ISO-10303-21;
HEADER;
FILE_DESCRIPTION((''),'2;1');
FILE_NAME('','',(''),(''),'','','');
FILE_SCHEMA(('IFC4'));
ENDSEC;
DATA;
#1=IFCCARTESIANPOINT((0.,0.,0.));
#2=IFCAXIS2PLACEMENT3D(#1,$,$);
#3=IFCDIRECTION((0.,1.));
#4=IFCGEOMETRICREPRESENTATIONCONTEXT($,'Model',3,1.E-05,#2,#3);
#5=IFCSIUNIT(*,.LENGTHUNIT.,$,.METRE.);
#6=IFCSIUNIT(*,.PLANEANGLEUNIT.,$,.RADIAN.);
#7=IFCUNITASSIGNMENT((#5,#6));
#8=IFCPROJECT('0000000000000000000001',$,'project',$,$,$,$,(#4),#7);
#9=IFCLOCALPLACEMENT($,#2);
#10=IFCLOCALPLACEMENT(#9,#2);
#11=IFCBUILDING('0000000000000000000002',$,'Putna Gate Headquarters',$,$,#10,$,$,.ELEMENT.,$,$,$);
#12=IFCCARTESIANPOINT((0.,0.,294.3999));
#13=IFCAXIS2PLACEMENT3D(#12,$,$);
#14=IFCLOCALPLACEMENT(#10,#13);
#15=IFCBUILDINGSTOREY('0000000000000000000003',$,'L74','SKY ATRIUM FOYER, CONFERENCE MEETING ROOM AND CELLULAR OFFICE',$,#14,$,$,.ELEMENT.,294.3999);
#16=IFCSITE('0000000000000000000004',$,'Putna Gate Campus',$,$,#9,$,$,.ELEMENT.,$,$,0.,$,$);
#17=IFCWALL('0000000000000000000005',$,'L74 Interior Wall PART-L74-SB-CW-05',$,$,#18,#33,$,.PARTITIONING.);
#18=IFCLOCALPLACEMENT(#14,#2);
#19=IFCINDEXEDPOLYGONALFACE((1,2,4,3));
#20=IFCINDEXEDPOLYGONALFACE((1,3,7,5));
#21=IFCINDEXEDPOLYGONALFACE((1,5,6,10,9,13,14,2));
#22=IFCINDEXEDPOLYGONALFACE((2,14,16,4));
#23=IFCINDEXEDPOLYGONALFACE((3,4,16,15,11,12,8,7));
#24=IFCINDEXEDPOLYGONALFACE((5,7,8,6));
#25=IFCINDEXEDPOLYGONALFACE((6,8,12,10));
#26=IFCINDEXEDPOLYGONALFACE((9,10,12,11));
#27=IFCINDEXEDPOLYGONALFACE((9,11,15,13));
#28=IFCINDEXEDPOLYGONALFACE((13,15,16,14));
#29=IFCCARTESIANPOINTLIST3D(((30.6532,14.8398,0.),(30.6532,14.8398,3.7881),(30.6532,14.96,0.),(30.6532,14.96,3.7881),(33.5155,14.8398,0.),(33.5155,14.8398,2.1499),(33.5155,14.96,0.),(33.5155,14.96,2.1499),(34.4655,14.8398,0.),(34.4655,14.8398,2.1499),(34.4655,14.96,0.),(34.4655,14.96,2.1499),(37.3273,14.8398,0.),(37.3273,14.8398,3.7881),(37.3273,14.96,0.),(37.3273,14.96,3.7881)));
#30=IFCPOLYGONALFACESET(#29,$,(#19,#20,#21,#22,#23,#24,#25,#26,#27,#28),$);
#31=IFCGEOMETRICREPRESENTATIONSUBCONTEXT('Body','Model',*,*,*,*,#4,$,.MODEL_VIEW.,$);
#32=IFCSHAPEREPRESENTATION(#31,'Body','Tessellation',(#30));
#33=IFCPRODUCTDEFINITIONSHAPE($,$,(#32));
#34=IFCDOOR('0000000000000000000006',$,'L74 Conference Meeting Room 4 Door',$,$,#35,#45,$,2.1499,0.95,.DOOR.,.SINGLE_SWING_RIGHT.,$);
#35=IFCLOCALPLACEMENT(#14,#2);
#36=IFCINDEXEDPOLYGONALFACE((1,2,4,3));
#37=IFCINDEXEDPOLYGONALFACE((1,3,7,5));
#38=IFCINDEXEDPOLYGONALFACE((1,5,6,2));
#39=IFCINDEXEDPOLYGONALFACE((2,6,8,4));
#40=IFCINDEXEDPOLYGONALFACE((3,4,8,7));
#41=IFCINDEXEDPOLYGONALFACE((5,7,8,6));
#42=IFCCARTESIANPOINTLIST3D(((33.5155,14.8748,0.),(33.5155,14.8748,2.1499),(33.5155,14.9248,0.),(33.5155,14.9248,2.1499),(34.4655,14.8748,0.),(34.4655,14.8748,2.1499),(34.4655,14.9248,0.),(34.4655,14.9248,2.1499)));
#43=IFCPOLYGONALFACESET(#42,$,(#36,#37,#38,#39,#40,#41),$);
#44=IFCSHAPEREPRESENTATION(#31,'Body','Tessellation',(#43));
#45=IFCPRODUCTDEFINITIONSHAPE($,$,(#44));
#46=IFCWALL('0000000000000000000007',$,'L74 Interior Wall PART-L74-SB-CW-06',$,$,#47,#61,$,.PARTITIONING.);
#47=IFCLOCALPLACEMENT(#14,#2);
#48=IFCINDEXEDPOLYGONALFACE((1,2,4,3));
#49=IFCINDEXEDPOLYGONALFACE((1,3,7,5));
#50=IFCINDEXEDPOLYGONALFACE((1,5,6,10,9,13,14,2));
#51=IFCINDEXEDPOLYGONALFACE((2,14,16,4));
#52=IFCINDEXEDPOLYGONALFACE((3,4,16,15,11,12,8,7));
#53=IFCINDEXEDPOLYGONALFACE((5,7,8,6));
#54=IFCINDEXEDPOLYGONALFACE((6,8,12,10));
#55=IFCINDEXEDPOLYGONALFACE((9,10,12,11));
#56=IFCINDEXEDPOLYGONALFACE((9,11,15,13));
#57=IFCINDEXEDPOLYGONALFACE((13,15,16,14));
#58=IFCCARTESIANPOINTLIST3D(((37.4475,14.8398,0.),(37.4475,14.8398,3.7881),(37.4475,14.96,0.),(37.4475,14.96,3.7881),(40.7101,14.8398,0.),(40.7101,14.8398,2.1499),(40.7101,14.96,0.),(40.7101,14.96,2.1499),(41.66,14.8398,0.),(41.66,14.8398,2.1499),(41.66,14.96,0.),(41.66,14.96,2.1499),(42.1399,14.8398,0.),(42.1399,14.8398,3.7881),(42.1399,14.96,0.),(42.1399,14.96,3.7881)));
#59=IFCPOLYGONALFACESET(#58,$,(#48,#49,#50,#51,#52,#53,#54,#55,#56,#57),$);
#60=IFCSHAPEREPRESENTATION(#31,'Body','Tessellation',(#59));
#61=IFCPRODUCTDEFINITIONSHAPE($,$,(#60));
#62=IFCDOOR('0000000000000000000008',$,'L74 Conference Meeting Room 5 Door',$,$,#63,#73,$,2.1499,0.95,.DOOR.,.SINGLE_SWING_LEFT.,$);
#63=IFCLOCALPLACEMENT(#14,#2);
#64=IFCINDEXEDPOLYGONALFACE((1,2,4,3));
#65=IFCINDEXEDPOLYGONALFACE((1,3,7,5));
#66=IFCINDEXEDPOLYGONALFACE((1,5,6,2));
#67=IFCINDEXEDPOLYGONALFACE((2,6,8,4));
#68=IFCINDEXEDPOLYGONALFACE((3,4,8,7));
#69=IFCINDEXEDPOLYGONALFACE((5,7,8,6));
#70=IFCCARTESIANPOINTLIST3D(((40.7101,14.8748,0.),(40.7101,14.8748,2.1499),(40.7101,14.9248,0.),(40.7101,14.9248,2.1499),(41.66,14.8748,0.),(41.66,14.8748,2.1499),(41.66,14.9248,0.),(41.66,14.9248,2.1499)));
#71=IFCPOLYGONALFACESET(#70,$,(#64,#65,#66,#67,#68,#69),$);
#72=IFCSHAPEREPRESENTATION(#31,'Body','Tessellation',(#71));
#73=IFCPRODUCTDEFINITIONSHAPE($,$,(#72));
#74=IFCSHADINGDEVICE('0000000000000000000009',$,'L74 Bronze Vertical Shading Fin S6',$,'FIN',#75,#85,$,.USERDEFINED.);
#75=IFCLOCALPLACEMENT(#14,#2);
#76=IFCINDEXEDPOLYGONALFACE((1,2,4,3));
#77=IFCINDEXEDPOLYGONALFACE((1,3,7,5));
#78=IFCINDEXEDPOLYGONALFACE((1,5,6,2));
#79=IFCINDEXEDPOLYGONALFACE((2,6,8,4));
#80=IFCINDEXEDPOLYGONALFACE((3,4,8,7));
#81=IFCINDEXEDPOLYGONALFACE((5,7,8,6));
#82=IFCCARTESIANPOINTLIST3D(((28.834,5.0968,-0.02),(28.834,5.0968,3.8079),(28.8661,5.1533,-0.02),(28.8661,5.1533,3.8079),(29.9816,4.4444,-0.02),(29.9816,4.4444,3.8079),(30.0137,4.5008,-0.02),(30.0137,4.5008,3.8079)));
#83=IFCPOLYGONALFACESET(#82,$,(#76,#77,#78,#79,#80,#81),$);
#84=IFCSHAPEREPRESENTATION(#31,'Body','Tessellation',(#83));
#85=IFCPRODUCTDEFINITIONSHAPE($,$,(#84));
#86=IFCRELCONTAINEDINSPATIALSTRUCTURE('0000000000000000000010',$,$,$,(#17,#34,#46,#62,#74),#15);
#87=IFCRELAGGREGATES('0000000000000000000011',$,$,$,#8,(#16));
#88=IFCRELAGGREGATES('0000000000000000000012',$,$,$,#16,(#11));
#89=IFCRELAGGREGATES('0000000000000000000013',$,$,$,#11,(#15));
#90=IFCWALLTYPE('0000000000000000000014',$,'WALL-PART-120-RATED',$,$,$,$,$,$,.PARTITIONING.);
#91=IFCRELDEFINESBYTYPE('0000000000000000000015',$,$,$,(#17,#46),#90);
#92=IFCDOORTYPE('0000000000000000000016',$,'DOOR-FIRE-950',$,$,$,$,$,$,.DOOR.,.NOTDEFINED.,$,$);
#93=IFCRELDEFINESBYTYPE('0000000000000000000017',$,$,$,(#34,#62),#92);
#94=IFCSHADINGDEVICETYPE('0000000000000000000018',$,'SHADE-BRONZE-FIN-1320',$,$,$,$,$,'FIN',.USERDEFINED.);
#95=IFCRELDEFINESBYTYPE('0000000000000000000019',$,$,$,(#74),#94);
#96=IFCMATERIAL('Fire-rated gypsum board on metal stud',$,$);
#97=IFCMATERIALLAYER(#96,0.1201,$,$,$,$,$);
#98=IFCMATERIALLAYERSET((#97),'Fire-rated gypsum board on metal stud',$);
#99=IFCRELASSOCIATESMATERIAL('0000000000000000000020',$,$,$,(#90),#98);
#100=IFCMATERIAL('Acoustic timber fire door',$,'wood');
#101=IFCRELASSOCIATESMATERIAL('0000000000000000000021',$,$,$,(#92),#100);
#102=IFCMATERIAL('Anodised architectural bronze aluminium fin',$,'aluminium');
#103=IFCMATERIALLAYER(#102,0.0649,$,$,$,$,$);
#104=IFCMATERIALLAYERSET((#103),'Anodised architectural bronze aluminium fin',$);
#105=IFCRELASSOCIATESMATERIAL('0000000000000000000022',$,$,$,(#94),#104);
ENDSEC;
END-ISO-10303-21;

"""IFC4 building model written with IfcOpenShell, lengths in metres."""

from ifc_helpers import new_model, si_unit, direction, frame, frame_2d, origin, origin_2d, place, context, subcontext, project, spatial, rectangle, extrude, material, layer, layer_set, type_object, element, fill, save


model = new_model("IFC4")

# Units and contexts
model_context = context("Model", 3, precision=1e-05, world=origin(), true_north=direction((0.0, 1.0)))
body_context = subcontext(model_context, "Body", "Model", "MODEL_VIEW")
ifc_project = project(units=[si_unit("LENGTHUNIT", "METRE"), si_unit("PLANEANGLEUNIT", "RADIAN")], contexts=[model_context])

# Site, building, storey
site_placement = place(None, origin())
site = spatial("IfcSite", under=ifc_project, at=site_placement, Name="Putna Gate Campus", CompositionType="ELEMENT", RefElevation=0.0)
building_placement = place(site_placement, origin())
building = spatial("IfcBuilding", under=site, at=building_placement, Name="Putna Gate Headquarters", CompositionType="ELEMENT")
storey_placement = place(building_placement, frame((0.0, 0.0, 294.3999)))
storey = spatial("IfcBuildingStorey", under=building, at=storey_placement, Name="L74", Description="SKY ATRIUM FOYER, CONFERENCE MEETING ROOM AND CELLULAR OFFICE", CompositionType="ELEMENT", Elevation=294.3999)

# Walls, openings, doors
ifc_material_1 = material(Name="Fire-rated gypsum board on metal stud")
ifc_layer_1 = layer(ifc_material_1, 0.1201)
ifc_layer_set_1 = layer_set([ifc_layer_1], Name="Fire-rated gypsum board on metal stud")
wall_type_1 = type_object("IfcWallType", Name="WALL-PART-120-RATED", PredefinedType="PARTITIONING", material=ifc_layer_set_1)
wall_1_placement = place(storey_placement, frame((30.6533, 14.8999, 0.0), z_axis=(0.0, 0.0, 1.0), x_axis=(1.0, 0.0, 0.0)))
wall_1 = element("IfcWall", 1, at=wall_1_placement, inside=storey, type_object=wall_type_1, Name="L74 Interior Wall PART-L74-SB-CW-05", PredefinedType="PARTITIONING", context=body_context, shape_type="SweptSolid", body=[
    extrude(rectangle(XDim=6.6741, YDim=0.1201, at=frame_2d((3.3369, 0.0))), origin(), (0.0, 0.0, 1.0), 3.7881),
])
opening_1_placement = place(wall_1_placement, frame((2.8621, 0.0, 0.0)))
opening_1 = element("IfcOpeningElement", 2, at=opening_1_placement, cuts=wall_1, PredefinedType="OPENING", context=body_context, shape_type="SweptSolid", body=[
    extrude(rectangle(XDim=0.95, YDim=2.1499, at=frame_2d((0.4751, 1.075))), frame((0.0, 0.0701, 0.0), z_axis=(0.0, -1.0, 0.0), x_axis=(1.0, 0.0, 0.0)), (0.0, 0.0, 1.0), 0.1401),
])
ifc_material_2 = material(Name="Acoustic timber fire door", Category="wood")
door_type = type_object("IfcDoorType", Name="DOOR-FIRE-950", OperationType="NOTDEFINED", PredefinedType="DOOR", material=ifc_material_2)
door_1_placement = place(opening_1_placement, origin())
door_1 = element("IfcDoor", 3, at=door_1_placement, inside=storey, type_object=door_type, Name="L74 Conference Meeting Room 4 Door", OperationType="SINGLE_SWING_RIGHT", OverallHeight=2.1499, OverallWidth=0.95, PredefinedType="DOOR", context=body_context, shape_type="SweptSolid", body=[
    extrude(rectangle(XDim=0.95, YDim=2.1499, at=frame_2d((0.4751, 1.075))), frame((0.0, 0.0249, 0.0), z_axis=(0.0, -1.0, 0.0), x_axis=(1.0, 0.0, 0.0)), (0.0, 0.0, 1.0), 0.05),
])
fill(opening_1, door_1)
wall_2_placement = place(storey_placement, frame((37.4475, 14.8999, 0.0), z_axis=(0.0, 0.0, 1.0), x_axis=(1.0, 0.0, 0.0)))
wall_2 = element("IfcWall", 4, at=wall_2_placement, inside=storey, type_object=wall_type_1, Name="L74 Interior Wall PART-L74-SB-CW-06", PredefinedType="PARTITIONING", context=body_context, shape_type="SweptSolid", body=[
    extrude(rectangle(XDim=4.6924, YDim=0.1201, at=frame_2d((2.3462, 0.0))), origin(), (0.0, 0.0, 1.0), 3.7881),
])
opening_2_placement = place(wall_2_placement, frame((3.2625, 0.0, 0.0)))
opening_2 = element("IfcOpeningElement", 5, at=opening_2_placement, cuts=wall_2, PredefinedType="OPENING", context=body_context, shape_type="SweptSolid", body=[
    extrude(rectangle(XDim=0.95, YDim=2.1499, at=frame_2d((0.4751, 1.075))), frame((0.0, 0.0701, 0.0), z_axis=(0.0, -1.0, 0.0), x_axis=(1.0, 0.0, 0.0)), (0.0, 0.0, 1.0), 0.1401),
])
door_2_placement = place(opening_2_placement, origin())
door_2 = element("IfcDoor", 6, at=door_2_placement, inside=storey, type_object=door_type, Name="L74 Conference Meeting Room 5 Door", OperationType="SINGLE_SWING_LEFT", OverallHeight=2.1499, OverallWidth=0.95, PredefinedType="DOOR", context=body_context, shape_type="SweptSolid", body=[
    extrude(rectangle(XDim=0.95, YDim=2.1499, at=frame_2d((0.4751, 1.075))), frame((0.0, 0.0249, 0.0), z_axis=(0.0, -1.0, 0.0), x_axis=(1.0, 0.0, 0.0)), (0.0, 0.0, 1.0), 0.05),
])
fill(opening_2, door_2)

# Shading device
ifc_material_3 = material(Name="Anodised architectural bronze aluminium fin", Category="aluminium")
ifc_layer_2 = layer(ifc_material_3, 0.0649)
ifc_layer_set_2 = layer_set([ifc_layer_2], Name="Anodised architectural bronze aluminium fin")
shading_device_type = type_object("IfcShadingDeviceType", Name="SHADE-BRONZE-FIN-1320", ElementType="FIN", PredefinedType="USERDEFINED", material=ifc_layer_set_2)
shading_device_placement = place(storey_placement, frame((29.4238, 4.7988, -0.02), z_axis=(0.0, 0.0, 1.0), x_axis=(0.869322, -0.494245, 0.0)))
element("IfcShadingDevice", 7, at=shading_device_placement, inside=storey, type_object=shading_device_type, Name="L74 Bronze Vertical Shading Fin S6", ObjectType="FIN", PredefinedType="USERDEFINED", context=body_context, shape_type="SweptSolid", body=[
    extrude(rectangle(XDim=1.3201, YDim=0.0649, at=origin_2d()), origin(), (0.0, 0.0, 1.0), 3.8279),
])

save(model, "model.ifc")
